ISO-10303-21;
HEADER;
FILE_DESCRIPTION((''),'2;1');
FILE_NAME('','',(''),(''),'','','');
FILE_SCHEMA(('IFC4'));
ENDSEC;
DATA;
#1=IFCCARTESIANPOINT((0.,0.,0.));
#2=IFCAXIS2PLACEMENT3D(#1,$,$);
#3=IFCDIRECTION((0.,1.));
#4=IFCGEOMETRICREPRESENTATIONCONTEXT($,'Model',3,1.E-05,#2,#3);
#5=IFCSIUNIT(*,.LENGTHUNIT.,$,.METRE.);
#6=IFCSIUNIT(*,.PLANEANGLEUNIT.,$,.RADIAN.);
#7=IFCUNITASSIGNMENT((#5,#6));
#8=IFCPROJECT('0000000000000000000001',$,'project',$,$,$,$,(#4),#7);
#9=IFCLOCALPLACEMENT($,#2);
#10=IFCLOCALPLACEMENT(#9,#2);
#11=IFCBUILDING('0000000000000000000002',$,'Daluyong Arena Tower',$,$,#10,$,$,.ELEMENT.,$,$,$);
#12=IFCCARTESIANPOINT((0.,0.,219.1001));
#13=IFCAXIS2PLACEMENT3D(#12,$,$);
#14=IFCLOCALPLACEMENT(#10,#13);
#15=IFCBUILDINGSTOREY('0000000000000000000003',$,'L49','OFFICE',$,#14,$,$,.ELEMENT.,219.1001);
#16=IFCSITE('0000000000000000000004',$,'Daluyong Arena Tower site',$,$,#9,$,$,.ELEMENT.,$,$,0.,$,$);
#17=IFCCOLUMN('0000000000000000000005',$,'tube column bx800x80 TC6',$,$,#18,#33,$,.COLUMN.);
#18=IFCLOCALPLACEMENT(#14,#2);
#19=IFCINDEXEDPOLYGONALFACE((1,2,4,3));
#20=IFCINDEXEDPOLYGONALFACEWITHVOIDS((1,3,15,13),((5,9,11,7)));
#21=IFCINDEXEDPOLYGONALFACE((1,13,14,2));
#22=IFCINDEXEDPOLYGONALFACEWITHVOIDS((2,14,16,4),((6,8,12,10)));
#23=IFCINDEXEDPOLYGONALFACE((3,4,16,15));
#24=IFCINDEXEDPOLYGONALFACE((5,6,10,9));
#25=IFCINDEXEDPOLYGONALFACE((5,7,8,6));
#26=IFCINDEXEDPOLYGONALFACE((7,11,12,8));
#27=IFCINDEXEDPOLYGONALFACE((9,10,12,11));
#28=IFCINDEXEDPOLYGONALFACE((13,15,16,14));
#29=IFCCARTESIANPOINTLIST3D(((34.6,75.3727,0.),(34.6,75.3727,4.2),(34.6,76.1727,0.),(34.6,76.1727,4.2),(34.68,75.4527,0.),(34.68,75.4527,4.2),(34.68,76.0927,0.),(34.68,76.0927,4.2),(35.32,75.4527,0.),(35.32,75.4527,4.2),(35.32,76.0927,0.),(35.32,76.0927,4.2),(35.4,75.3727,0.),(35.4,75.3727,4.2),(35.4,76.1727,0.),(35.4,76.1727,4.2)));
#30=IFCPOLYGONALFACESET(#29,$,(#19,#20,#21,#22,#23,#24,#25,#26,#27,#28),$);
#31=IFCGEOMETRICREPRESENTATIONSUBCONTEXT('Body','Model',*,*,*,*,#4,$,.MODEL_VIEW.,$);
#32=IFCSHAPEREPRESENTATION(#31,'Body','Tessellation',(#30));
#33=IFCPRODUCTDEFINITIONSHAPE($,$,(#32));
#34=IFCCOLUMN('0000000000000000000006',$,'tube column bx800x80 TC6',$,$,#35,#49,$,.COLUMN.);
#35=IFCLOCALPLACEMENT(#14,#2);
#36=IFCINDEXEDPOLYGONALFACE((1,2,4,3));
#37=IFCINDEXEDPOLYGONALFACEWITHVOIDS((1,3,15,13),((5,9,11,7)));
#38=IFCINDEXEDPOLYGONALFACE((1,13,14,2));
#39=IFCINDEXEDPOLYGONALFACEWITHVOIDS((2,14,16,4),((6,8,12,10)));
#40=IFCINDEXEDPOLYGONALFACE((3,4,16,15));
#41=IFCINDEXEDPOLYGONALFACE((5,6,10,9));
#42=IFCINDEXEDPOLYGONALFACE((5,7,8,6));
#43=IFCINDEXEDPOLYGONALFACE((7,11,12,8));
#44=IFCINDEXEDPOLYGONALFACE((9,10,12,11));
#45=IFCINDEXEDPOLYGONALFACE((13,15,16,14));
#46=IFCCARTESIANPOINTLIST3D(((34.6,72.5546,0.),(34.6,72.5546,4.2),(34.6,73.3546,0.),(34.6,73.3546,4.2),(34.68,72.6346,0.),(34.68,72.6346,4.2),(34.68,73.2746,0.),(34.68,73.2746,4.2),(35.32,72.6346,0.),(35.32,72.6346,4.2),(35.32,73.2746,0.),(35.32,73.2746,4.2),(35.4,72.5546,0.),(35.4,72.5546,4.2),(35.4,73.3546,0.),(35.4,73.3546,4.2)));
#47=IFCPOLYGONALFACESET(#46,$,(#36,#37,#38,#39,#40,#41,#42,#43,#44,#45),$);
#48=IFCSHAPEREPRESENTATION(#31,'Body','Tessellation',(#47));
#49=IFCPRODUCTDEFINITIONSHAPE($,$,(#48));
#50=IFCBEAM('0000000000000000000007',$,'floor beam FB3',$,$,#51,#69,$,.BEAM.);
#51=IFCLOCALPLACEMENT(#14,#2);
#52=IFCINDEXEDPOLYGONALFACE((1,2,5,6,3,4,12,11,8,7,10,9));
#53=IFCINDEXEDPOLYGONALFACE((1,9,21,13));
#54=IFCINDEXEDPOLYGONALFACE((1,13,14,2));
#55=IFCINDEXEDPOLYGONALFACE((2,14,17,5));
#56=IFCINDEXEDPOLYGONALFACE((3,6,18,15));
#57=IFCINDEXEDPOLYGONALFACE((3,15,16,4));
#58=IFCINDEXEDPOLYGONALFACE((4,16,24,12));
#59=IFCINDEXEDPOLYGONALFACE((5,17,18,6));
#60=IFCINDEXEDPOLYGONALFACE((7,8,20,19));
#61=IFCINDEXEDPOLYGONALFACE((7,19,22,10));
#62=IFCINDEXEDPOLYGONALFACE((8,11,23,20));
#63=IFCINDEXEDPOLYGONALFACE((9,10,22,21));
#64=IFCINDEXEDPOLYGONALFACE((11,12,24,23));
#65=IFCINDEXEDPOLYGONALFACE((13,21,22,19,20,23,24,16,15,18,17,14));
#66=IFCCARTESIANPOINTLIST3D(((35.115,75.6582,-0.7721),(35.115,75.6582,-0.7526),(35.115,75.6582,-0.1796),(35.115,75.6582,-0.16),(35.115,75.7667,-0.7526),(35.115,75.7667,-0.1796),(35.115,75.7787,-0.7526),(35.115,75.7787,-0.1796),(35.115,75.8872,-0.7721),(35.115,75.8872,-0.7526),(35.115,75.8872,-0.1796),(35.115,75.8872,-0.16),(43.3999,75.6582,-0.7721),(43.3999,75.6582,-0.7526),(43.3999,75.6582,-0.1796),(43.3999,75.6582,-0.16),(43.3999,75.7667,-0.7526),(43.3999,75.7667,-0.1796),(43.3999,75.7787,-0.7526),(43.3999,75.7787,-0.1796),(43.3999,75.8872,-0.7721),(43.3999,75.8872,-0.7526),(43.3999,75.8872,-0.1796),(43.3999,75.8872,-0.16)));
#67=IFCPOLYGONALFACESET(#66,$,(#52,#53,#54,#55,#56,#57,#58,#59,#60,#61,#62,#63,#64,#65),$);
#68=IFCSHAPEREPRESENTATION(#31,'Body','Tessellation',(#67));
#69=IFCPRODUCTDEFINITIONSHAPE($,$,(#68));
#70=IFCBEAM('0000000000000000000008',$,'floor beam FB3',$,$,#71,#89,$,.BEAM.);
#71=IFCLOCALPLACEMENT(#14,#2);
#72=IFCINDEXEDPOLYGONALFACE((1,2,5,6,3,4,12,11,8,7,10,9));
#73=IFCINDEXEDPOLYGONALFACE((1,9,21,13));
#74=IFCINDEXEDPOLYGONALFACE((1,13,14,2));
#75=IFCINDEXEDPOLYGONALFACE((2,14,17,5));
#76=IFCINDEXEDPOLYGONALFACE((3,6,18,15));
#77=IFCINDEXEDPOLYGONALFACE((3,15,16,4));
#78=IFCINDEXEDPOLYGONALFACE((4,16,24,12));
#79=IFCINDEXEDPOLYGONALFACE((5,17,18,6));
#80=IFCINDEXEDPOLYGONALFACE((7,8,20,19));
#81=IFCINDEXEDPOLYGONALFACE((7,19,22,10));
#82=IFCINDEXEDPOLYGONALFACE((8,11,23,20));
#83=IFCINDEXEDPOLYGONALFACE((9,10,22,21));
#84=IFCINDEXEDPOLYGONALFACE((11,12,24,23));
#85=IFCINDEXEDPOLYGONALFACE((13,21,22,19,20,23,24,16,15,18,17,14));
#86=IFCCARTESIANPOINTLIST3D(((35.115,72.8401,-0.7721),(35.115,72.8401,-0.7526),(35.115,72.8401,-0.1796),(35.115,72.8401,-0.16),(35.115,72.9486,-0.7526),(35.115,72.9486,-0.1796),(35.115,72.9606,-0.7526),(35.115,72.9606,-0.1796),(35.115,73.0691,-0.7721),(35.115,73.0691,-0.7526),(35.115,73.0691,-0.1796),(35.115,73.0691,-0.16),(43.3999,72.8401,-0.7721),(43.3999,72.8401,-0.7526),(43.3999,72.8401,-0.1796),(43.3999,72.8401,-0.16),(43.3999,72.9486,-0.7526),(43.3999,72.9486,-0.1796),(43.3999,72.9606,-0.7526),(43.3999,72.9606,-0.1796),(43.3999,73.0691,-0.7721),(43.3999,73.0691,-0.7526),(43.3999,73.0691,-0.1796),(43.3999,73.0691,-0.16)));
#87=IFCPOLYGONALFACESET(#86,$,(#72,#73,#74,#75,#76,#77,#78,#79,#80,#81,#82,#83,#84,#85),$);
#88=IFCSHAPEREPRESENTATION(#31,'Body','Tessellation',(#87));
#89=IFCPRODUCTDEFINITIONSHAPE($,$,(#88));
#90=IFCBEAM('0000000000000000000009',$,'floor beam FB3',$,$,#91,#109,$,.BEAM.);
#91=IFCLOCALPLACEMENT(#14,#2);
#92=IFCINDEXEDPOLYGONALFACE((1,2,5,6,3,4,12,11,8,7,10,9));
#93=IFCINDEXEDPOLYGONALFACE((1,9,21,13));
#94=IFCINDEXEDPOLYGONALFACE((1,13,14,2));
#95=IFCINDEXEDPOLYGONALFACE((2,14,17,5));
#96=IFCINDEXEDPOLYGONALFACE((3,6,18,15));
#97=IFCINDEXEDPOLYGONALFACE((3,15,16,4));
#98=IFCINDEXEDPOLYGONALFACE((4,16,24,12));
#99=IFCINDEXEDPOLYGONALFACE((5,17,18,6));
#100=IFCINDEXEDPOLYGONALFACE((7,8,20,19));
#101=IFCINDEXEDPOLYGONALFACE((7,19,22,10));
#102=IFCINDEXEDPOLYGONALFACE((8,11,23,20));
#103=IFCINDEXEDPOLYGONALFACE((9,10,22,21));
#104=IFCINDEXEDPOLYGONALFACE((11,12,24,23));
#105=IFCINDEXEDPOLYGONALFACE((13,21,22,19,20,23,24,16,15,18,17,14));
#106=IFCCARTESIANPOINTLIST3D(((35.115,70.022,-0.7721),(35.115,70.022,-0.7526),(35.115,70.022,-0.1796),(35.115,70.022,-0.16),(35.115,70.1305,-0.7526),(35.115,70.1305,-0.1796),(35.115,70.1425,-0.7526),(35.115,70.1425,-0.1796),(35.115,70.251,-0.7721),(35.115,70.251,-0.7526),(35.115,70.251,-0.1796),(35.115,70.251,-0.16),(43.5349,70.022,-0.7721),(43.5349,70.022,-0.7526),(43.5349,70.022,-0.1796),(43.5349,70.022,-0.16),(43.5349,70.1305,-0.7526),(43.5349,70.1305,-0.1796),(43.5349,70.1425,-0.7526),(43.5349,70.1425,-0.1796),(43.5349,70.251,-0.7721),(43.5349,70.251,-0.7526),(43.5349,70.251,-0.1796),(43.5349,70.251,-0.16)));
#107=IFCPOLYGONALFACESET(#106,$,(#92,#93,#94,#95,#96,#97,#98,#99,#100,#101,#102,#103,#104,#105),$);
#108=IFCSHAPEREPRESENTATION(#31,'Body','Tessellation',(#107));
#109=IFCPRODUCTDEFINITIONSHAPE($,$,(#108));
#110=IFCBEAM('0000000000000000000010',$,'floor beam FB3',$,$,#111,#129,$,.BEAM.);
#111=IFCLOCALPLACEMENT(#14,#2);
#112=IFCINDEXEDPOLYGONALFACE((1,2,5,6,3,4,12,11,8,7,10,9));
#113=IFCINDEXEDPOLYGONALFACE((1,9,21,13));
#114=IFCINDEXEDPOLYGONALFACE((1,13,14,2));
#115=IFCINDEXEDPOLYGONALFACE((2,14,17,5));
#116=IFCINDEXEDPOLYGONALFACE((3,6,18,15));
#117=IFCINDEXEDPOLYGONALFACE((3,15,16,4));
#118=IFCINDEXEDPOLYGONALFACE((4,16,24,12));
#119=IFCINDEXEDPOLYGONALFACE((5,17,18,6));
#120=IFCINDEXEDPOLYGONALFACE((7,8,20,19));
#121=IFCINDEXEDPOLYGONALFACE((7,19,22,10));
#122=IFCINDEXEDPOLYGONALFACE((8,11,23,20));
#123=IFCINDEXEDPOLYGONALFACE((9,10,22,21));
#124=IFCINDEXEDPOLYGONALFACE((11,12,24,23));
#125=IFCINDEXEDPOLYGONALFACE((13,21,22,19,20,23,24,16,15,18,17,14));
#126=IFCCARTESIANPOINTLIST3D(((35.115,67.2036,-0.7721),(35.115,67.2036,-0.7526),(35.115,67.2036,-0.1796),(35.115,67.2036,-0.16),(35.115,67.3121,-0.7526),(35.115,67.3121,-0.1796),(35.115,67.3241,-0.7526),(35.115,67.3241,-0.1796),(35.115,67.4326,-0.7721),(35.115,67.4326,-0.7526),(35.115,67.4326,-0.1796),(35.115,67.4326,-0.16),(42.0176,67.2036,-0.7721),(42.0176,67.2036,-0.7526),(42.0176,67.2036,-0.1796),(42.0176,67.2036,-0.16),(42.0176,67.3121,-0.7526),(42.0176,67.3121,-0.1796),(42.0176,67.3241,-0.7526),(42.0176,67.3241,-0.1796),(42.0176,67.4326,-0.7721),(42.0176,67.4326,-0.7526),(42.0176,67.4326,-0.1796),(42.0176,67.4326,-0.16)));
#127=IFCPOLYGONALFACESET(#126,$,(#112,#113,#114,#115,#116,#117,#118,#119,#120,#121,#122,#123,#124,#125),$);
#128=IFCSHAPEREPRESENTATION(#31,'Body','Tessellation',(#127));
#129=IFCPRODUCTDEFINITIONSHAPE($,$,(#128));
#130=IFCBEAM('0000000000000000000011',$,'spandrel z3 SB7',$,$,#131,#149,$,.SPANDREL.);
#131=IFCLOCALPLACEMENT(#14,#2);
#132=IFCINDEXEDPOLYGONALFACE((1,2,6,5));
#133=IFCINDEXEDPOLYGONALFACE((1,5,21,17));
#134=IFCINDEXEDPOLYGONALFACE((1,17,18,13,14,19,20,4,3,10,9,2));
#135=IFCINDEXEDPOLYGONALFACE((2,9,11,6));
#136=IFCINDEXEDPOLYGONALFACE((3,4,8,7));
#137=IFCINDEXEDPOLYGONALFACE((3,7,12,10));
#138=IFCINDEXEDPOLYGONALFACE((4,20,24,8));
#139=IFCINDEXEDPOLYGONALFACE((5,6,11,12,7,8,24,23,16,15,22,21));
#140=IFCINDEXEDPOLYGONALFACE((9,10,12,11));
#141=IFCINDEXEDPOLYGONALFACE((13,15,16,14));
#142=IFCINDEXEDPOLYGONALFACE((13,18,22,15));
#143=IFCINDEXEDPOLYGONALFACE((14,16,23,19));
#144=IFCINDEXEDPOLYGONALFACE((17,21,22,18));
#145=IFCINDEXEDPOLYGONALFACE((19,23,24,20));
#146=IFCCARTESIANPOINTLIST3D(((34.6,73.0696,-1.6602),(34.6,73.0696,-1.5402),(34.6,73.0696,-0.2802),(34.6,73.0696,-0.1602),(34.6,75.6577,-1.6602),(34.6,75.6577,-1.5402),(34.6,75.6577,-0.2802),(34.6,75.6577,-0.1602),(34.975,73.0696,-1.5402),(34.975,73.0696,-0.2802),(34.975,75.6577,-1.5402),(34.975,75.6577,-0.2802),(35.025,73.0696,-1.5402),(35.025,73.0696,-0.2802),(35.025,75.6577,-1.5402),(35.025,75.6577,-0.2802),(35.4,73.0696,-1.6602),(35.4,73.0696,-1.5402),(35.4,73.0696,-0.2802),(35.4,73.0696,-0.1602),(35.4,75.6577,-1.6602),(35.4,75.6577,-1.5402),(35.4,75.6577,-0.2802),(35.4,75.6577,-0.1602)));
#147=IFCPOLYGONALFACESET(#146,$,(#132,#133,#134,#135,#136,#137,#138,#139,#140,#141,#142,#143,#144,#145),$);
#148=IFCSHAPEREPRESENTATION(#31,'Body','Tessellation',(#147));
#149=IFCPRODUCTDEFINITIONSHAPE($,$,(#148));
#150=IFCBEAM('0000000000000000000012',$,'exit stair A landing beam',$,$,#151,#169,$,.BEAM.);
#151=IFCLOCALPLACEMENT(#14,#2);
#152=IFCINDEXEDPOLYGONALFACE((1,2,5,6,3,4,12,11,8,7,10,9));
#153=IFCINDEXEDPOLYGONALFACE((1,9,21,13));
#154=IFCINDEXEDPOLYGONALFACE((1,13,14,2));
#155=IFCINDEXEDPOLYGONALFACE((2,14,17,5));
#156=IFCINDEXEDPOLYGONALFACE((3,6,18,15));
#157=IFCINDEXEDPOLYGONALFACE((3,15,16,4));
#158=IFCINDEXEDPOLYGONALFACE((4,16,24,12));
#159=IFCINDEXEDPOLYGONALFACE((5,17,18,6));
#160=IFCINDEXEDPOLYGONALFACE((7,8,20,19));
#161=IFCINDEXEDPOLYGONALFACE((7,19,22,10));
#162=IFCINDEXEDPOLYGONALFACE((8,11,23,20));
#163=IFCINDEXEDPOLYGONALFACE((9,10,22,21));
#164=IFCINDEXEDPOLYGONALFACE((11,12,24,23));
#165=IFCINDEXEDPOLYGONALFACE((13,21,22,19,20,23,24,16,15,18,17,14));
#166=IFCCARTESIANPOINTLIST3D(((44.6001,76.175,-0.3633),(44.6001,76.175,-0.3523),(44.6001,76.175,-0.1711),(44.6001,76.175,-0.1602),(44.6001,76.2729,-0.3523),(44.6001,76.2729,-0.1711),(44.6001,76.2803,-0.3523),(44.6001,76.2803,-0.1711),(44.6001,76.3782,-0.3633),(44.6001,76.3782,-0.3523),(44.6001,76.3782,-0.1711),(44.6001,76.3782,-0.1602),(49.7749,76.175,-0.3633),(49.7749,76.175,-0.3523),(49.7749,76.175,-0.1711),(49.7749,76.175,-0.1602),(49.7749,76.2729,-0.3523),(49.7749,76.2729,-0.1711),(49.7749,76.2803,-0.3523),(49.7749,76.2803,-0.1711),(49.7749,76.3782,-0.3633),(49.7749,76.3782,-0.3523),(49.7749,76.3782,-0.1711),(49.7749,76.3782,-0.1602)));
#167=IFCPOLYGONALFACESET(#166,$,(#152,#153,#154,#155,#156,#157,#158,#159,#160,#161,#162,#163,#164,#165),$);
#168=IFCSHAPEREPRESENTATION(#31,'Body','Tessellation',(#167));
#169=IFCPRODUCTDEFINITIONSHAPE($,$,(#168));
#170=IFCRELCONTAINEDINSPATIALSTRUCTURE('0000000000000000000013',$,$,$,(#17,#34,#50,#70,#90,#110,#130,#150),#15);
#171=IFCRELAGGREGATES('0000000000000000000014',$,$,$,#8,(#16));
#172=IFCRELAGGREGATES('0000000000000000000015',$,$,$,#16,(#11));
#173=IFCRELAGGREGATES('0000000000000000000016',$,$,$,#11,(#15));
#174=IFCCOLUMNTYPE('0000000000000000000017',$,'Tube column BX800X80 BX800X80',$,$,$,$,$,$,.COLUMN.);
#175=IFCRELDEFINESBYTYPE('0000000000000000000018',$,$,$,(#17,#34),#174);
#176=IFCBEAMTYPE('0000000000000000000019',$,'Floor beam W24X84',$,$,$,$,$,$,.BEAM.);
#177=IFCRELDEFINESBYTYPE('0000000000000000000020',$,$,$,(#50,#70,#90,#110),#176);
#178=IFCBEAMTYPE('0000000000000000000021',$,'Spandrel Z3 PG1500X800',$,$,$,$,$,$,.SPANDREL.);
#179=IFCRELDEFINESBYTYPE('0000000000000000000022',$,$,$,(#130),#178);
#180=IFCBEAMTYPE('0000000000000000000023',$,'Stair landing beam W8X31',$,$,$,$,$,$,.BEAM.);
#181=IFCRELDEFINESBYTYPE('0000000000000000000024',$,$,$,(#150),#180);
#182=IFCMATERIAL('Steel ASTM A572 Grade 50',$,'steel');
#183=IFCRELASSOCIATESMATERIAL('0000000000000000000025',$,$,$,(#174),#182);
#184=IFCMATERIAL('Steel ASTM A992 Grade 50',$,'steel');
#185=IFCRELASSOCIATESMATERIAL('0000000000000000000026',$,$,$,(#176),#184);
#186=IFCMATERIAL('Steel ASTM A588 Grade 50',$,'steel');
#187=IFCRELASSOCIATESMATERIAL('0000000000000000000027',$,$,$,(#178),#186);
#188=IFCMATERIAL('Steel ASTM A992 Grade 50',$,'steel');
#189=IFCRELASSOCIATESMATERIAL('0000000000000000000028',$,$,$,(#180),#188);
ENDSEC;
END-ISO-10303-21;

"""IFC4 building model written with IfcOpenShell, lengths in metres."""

from ifc_helpers import new_model, si_unit, direction, frame, origin, origin_2d, place, context, subcontext, project, spatial, hollow_rectangle, i_section, extrude, material, material_profile, profile_set, type_object, element, save


model = new_model("IFC4")

# Units and contexts
model_context = context("Model", 3, precision=1e-05, world=origin(), true_north=direction((0.0, 1.0)))
body_context = subcontext(model_context, "Body", "Model", "MODEL_VIEW")
ifc_project = project(units=[si_unit("LENGTHUNIT", "METRE"), si_unit("PLANEANGLEUNIT", "RADIAN")], contexts=[model_context])

# Site, building, storey
site_placement = place(None, origin())
site = spatial("IfcSite", under=ifc_project, at=site_placement, Name="Daluyong Arena Tower site", CompositionType="ELEMENT", RefElevation=0.0)
building_placement = place(site_placement, origin())
building = spatial("IfcBuilding", under=site, at=building_placement, Name="Daluyong Arena Tower", CompositionType="ELEMENT")
storey_placement = place(building_placement, frame((0.0, 0.0, 219.1001)))
storey = spatial("IfcBuildingStorey", under=building, at=storey_placement, Name="L49", Description="OFFICE", CompositionType="ELEMENT", Elevation=219.1001)

# Columns
ifc_material_1 = material(Name="Steel ASTM A572 Grade 50", Category="steel")
ifc_material_profile_1 = material_profile(ifc_material_1, hollow_rectangle(XDim=0.8, YDim=0.8, WallThickness=0.08, at=origin_2d()))
ifc_profile_set_1 = profile_set([ifc_material_profile_1], Name="Steel ASTM A572 Grade 50")
column_type = type_object("IfcColumnType", Name="Tube column BX800X80 BX800X80", PredefinedType="COLUMN", material=ifc_profile_set_1)
for number, where, z_axis, x_axis, name in (
    (1, (35.0, 75.7727, 0.0), (0.0, 0.0, 1.0), (0.0, 1.0, 0.0), "tube column bx800x80 TC6"),
    (2, (35.0, 72.9546, 0.0), (0.0, 0.0, 1.0), (0.0, 1.0, 0.0), "tube column bx800x80 TC6"),
):
    element("IfcColumn", number, at=place(storey_placement, frame(where, z_axis=z_axis, x_axis=x_axis)), inside=storey, type_object=column_type, Name=name, PredefinedType="COLUMN", context=body_context, shape_type="SweptSolid", body=[
        extrude(hollow_rectangle(XDim=0.8, YDim=0.8, WallThickness=0.08, at=origin_2d()), origin(), (0.0, 0.0, 1.0), 4.2),
    ])

# Beams
ifc_material_2 = material(Name="Steel ASTM A992 Grade 50", Category="steel")
ifc_material_profile_2 = material_profile(ifc_material_2, i_section(OverallWidth=0.229, OverallDepth=0.6121, WebThickness=0.012, FlangeThickness=0.0195, at=origin_2d()))
ifc_profile_set_2 = profile_set([ifc_material_profile_2], Name="Steel ASTM A992 Grade 50")
beam_type_1 = type_object("IfcBeamType", Name="Floor beam W24X84", PredefinedType="BEAM", material=ifc_profile_set_2)
for number, where, z_axis, x_axis, name in (
    (3, (35.115, 75.7727, -0.4661), (1.0, 0.0, 0.0), (0.0, 1.0, 0.0), "floor beam FB3"),
    (4, (35.115, 72.9546, -0.4661), (1.0, 0.0, 0.0), (0.0, 1.0, 0.0), "floor beam FB3"),
):
    element("IfcBeam", number, at=place(storey_placement, frame(where, z_axis=z_axis, x_axis=x_axis)), inside=storey, type_object=beam_type_1, Name=name, PredefinedType="BEAM", context=body_context, shape_type="SweptSolid", body=[
        extrude(i_section(OverallWidth=0.229, OverallDepth=0.6121, WebThickness=0.012, FlangeThickness=0.0195, at=origin_2d()), origin(), (0.0, 0.0, 1.0), 8.2849),
    ])
beam_1_placement = place(storey_placement, frame((35.115, 70.1365, -0.4661), z_axis=(1.0, 0.0, 0.0), x_axis=(0.0, 1.0, 0.0)))
element("IfcBeam", 5, at=beam_1_placement, inside=storey, type_object=beam_type_1, Name="floor beam FB3", PredefinedType="BEAM", context=body_context, shape_type="SweptSolid", body=[
    extrude(i_section(OverallWidth=0.229, OverallDepth=0.6121, WebThickness=0.012, FlangeThickness=0.0195, at=origin_2d()), origin(), (0.0, 0.0, 1.0), 8.4199),
])
beam_2_placement = place(storey_placement, frame((35.115, 67.3181, -0.4661), z_axis=(1.0, 0.0, 0.0), x_axis=(0.0, 1.0, 0.0)))
element("IfcBeam", 6, at=beam_2_placement, inside=storey, type_object=beam_type_1, Name="floor beam FB3", PredefinedType="BEAM", context=body_context, shape_type="SweptSolid", body=[
    extrude(i_section(OverallWidth=0.229, OverallDepth=0.6121, WebThickness=0.012, FlangeThickness=0.0195, at=origin_2d()), origin(), (0.0, 0.0, 1.0), 6.9026),
])
ifc_material_3 = material(Name="Steel ASTM A588 Grade 50", Category="steel")
ifc_material_profile_3 = material_profile(ifc_material_3, i_section(OverallWidth=0.8, OverallDepth=1.5, WebThickness=0.05, FlangeThickness=0.12, at=origin_2d()))
ifc_profile_set_3 = profile_set([ifc_material_profile_3], Name="Steel ASTM A588 Grade 50")
beam_type_2 = type_object("IfcBeamType", Name="Spandrel Z3 PG1500X800", PredefinedType="SPANDREL", material=ifc_profile_set_3)
beam_3_placement = place(storey_placement, frame((35.0, 75.6577, -0.9102), z_axis=(0.0, -1.0, 0.0), x_axis=(1.0, 0.0, 0.0)))
element("IfcBeam", 7, at=beam_3_placement, inside=storey, type_object=beam_type_2, Name="spandrel z3 SB7", PredefinedType="SPANDREL", context=body_context, shape_type="SweptSolid", body=[
    extrude(i_section(OverallWidth=0.8, OverallDepth=1.5, WebThickness=0.05, FlangeThickness=0.12, at=origin_2d()), origin(), (0.0, 0.0, 1.0), 2.5881),
])
ifc_material_4 = material(Name="Steel ASTM A992 Grade 50", Category="steel")
ifc_material_profile_4 = material_profile(ifc_material_4, i_section(OverallWidth=0.2031, OverallDepth=0.2031, WebThickness=0.0073, FlangeThickness=0.011, at=origin_2d()))
ifc_profile_set_4 = profile_set([ifc_material_profile_4], Name="Steel ASTM A992 Grade 50")
beam_type_3 = type_object("IfcBeamType", Name="Stair landing beam W8X31", PredefinedType="BEAM", material=ifc_profile_set_4)
beam_4_placement = place(storey_placement, frame((44.6001, 76.2766, -0.2617), z_axis=(1.0, 0.0, 0.0), x_axis=(0.0, 1.0, 0.0)))
element("IfcBeam", 8, at=beam_4_placement, inside=storey, type_object=beam_type_3, Name="exit stair A landing beam", PredefinedType="BEAM", context=body_context, shape_type="SweptSolid", body=[
    extrude(i_section(OverallWidth=0.2031, OverallDepth=0.2031, WebThickness=0.0073, FlangeThickness=0.011, at=origin_2d()), origin(), (0.0, 0.0, 1.0), 5.1748),
])

save(model, "model.ifc")
